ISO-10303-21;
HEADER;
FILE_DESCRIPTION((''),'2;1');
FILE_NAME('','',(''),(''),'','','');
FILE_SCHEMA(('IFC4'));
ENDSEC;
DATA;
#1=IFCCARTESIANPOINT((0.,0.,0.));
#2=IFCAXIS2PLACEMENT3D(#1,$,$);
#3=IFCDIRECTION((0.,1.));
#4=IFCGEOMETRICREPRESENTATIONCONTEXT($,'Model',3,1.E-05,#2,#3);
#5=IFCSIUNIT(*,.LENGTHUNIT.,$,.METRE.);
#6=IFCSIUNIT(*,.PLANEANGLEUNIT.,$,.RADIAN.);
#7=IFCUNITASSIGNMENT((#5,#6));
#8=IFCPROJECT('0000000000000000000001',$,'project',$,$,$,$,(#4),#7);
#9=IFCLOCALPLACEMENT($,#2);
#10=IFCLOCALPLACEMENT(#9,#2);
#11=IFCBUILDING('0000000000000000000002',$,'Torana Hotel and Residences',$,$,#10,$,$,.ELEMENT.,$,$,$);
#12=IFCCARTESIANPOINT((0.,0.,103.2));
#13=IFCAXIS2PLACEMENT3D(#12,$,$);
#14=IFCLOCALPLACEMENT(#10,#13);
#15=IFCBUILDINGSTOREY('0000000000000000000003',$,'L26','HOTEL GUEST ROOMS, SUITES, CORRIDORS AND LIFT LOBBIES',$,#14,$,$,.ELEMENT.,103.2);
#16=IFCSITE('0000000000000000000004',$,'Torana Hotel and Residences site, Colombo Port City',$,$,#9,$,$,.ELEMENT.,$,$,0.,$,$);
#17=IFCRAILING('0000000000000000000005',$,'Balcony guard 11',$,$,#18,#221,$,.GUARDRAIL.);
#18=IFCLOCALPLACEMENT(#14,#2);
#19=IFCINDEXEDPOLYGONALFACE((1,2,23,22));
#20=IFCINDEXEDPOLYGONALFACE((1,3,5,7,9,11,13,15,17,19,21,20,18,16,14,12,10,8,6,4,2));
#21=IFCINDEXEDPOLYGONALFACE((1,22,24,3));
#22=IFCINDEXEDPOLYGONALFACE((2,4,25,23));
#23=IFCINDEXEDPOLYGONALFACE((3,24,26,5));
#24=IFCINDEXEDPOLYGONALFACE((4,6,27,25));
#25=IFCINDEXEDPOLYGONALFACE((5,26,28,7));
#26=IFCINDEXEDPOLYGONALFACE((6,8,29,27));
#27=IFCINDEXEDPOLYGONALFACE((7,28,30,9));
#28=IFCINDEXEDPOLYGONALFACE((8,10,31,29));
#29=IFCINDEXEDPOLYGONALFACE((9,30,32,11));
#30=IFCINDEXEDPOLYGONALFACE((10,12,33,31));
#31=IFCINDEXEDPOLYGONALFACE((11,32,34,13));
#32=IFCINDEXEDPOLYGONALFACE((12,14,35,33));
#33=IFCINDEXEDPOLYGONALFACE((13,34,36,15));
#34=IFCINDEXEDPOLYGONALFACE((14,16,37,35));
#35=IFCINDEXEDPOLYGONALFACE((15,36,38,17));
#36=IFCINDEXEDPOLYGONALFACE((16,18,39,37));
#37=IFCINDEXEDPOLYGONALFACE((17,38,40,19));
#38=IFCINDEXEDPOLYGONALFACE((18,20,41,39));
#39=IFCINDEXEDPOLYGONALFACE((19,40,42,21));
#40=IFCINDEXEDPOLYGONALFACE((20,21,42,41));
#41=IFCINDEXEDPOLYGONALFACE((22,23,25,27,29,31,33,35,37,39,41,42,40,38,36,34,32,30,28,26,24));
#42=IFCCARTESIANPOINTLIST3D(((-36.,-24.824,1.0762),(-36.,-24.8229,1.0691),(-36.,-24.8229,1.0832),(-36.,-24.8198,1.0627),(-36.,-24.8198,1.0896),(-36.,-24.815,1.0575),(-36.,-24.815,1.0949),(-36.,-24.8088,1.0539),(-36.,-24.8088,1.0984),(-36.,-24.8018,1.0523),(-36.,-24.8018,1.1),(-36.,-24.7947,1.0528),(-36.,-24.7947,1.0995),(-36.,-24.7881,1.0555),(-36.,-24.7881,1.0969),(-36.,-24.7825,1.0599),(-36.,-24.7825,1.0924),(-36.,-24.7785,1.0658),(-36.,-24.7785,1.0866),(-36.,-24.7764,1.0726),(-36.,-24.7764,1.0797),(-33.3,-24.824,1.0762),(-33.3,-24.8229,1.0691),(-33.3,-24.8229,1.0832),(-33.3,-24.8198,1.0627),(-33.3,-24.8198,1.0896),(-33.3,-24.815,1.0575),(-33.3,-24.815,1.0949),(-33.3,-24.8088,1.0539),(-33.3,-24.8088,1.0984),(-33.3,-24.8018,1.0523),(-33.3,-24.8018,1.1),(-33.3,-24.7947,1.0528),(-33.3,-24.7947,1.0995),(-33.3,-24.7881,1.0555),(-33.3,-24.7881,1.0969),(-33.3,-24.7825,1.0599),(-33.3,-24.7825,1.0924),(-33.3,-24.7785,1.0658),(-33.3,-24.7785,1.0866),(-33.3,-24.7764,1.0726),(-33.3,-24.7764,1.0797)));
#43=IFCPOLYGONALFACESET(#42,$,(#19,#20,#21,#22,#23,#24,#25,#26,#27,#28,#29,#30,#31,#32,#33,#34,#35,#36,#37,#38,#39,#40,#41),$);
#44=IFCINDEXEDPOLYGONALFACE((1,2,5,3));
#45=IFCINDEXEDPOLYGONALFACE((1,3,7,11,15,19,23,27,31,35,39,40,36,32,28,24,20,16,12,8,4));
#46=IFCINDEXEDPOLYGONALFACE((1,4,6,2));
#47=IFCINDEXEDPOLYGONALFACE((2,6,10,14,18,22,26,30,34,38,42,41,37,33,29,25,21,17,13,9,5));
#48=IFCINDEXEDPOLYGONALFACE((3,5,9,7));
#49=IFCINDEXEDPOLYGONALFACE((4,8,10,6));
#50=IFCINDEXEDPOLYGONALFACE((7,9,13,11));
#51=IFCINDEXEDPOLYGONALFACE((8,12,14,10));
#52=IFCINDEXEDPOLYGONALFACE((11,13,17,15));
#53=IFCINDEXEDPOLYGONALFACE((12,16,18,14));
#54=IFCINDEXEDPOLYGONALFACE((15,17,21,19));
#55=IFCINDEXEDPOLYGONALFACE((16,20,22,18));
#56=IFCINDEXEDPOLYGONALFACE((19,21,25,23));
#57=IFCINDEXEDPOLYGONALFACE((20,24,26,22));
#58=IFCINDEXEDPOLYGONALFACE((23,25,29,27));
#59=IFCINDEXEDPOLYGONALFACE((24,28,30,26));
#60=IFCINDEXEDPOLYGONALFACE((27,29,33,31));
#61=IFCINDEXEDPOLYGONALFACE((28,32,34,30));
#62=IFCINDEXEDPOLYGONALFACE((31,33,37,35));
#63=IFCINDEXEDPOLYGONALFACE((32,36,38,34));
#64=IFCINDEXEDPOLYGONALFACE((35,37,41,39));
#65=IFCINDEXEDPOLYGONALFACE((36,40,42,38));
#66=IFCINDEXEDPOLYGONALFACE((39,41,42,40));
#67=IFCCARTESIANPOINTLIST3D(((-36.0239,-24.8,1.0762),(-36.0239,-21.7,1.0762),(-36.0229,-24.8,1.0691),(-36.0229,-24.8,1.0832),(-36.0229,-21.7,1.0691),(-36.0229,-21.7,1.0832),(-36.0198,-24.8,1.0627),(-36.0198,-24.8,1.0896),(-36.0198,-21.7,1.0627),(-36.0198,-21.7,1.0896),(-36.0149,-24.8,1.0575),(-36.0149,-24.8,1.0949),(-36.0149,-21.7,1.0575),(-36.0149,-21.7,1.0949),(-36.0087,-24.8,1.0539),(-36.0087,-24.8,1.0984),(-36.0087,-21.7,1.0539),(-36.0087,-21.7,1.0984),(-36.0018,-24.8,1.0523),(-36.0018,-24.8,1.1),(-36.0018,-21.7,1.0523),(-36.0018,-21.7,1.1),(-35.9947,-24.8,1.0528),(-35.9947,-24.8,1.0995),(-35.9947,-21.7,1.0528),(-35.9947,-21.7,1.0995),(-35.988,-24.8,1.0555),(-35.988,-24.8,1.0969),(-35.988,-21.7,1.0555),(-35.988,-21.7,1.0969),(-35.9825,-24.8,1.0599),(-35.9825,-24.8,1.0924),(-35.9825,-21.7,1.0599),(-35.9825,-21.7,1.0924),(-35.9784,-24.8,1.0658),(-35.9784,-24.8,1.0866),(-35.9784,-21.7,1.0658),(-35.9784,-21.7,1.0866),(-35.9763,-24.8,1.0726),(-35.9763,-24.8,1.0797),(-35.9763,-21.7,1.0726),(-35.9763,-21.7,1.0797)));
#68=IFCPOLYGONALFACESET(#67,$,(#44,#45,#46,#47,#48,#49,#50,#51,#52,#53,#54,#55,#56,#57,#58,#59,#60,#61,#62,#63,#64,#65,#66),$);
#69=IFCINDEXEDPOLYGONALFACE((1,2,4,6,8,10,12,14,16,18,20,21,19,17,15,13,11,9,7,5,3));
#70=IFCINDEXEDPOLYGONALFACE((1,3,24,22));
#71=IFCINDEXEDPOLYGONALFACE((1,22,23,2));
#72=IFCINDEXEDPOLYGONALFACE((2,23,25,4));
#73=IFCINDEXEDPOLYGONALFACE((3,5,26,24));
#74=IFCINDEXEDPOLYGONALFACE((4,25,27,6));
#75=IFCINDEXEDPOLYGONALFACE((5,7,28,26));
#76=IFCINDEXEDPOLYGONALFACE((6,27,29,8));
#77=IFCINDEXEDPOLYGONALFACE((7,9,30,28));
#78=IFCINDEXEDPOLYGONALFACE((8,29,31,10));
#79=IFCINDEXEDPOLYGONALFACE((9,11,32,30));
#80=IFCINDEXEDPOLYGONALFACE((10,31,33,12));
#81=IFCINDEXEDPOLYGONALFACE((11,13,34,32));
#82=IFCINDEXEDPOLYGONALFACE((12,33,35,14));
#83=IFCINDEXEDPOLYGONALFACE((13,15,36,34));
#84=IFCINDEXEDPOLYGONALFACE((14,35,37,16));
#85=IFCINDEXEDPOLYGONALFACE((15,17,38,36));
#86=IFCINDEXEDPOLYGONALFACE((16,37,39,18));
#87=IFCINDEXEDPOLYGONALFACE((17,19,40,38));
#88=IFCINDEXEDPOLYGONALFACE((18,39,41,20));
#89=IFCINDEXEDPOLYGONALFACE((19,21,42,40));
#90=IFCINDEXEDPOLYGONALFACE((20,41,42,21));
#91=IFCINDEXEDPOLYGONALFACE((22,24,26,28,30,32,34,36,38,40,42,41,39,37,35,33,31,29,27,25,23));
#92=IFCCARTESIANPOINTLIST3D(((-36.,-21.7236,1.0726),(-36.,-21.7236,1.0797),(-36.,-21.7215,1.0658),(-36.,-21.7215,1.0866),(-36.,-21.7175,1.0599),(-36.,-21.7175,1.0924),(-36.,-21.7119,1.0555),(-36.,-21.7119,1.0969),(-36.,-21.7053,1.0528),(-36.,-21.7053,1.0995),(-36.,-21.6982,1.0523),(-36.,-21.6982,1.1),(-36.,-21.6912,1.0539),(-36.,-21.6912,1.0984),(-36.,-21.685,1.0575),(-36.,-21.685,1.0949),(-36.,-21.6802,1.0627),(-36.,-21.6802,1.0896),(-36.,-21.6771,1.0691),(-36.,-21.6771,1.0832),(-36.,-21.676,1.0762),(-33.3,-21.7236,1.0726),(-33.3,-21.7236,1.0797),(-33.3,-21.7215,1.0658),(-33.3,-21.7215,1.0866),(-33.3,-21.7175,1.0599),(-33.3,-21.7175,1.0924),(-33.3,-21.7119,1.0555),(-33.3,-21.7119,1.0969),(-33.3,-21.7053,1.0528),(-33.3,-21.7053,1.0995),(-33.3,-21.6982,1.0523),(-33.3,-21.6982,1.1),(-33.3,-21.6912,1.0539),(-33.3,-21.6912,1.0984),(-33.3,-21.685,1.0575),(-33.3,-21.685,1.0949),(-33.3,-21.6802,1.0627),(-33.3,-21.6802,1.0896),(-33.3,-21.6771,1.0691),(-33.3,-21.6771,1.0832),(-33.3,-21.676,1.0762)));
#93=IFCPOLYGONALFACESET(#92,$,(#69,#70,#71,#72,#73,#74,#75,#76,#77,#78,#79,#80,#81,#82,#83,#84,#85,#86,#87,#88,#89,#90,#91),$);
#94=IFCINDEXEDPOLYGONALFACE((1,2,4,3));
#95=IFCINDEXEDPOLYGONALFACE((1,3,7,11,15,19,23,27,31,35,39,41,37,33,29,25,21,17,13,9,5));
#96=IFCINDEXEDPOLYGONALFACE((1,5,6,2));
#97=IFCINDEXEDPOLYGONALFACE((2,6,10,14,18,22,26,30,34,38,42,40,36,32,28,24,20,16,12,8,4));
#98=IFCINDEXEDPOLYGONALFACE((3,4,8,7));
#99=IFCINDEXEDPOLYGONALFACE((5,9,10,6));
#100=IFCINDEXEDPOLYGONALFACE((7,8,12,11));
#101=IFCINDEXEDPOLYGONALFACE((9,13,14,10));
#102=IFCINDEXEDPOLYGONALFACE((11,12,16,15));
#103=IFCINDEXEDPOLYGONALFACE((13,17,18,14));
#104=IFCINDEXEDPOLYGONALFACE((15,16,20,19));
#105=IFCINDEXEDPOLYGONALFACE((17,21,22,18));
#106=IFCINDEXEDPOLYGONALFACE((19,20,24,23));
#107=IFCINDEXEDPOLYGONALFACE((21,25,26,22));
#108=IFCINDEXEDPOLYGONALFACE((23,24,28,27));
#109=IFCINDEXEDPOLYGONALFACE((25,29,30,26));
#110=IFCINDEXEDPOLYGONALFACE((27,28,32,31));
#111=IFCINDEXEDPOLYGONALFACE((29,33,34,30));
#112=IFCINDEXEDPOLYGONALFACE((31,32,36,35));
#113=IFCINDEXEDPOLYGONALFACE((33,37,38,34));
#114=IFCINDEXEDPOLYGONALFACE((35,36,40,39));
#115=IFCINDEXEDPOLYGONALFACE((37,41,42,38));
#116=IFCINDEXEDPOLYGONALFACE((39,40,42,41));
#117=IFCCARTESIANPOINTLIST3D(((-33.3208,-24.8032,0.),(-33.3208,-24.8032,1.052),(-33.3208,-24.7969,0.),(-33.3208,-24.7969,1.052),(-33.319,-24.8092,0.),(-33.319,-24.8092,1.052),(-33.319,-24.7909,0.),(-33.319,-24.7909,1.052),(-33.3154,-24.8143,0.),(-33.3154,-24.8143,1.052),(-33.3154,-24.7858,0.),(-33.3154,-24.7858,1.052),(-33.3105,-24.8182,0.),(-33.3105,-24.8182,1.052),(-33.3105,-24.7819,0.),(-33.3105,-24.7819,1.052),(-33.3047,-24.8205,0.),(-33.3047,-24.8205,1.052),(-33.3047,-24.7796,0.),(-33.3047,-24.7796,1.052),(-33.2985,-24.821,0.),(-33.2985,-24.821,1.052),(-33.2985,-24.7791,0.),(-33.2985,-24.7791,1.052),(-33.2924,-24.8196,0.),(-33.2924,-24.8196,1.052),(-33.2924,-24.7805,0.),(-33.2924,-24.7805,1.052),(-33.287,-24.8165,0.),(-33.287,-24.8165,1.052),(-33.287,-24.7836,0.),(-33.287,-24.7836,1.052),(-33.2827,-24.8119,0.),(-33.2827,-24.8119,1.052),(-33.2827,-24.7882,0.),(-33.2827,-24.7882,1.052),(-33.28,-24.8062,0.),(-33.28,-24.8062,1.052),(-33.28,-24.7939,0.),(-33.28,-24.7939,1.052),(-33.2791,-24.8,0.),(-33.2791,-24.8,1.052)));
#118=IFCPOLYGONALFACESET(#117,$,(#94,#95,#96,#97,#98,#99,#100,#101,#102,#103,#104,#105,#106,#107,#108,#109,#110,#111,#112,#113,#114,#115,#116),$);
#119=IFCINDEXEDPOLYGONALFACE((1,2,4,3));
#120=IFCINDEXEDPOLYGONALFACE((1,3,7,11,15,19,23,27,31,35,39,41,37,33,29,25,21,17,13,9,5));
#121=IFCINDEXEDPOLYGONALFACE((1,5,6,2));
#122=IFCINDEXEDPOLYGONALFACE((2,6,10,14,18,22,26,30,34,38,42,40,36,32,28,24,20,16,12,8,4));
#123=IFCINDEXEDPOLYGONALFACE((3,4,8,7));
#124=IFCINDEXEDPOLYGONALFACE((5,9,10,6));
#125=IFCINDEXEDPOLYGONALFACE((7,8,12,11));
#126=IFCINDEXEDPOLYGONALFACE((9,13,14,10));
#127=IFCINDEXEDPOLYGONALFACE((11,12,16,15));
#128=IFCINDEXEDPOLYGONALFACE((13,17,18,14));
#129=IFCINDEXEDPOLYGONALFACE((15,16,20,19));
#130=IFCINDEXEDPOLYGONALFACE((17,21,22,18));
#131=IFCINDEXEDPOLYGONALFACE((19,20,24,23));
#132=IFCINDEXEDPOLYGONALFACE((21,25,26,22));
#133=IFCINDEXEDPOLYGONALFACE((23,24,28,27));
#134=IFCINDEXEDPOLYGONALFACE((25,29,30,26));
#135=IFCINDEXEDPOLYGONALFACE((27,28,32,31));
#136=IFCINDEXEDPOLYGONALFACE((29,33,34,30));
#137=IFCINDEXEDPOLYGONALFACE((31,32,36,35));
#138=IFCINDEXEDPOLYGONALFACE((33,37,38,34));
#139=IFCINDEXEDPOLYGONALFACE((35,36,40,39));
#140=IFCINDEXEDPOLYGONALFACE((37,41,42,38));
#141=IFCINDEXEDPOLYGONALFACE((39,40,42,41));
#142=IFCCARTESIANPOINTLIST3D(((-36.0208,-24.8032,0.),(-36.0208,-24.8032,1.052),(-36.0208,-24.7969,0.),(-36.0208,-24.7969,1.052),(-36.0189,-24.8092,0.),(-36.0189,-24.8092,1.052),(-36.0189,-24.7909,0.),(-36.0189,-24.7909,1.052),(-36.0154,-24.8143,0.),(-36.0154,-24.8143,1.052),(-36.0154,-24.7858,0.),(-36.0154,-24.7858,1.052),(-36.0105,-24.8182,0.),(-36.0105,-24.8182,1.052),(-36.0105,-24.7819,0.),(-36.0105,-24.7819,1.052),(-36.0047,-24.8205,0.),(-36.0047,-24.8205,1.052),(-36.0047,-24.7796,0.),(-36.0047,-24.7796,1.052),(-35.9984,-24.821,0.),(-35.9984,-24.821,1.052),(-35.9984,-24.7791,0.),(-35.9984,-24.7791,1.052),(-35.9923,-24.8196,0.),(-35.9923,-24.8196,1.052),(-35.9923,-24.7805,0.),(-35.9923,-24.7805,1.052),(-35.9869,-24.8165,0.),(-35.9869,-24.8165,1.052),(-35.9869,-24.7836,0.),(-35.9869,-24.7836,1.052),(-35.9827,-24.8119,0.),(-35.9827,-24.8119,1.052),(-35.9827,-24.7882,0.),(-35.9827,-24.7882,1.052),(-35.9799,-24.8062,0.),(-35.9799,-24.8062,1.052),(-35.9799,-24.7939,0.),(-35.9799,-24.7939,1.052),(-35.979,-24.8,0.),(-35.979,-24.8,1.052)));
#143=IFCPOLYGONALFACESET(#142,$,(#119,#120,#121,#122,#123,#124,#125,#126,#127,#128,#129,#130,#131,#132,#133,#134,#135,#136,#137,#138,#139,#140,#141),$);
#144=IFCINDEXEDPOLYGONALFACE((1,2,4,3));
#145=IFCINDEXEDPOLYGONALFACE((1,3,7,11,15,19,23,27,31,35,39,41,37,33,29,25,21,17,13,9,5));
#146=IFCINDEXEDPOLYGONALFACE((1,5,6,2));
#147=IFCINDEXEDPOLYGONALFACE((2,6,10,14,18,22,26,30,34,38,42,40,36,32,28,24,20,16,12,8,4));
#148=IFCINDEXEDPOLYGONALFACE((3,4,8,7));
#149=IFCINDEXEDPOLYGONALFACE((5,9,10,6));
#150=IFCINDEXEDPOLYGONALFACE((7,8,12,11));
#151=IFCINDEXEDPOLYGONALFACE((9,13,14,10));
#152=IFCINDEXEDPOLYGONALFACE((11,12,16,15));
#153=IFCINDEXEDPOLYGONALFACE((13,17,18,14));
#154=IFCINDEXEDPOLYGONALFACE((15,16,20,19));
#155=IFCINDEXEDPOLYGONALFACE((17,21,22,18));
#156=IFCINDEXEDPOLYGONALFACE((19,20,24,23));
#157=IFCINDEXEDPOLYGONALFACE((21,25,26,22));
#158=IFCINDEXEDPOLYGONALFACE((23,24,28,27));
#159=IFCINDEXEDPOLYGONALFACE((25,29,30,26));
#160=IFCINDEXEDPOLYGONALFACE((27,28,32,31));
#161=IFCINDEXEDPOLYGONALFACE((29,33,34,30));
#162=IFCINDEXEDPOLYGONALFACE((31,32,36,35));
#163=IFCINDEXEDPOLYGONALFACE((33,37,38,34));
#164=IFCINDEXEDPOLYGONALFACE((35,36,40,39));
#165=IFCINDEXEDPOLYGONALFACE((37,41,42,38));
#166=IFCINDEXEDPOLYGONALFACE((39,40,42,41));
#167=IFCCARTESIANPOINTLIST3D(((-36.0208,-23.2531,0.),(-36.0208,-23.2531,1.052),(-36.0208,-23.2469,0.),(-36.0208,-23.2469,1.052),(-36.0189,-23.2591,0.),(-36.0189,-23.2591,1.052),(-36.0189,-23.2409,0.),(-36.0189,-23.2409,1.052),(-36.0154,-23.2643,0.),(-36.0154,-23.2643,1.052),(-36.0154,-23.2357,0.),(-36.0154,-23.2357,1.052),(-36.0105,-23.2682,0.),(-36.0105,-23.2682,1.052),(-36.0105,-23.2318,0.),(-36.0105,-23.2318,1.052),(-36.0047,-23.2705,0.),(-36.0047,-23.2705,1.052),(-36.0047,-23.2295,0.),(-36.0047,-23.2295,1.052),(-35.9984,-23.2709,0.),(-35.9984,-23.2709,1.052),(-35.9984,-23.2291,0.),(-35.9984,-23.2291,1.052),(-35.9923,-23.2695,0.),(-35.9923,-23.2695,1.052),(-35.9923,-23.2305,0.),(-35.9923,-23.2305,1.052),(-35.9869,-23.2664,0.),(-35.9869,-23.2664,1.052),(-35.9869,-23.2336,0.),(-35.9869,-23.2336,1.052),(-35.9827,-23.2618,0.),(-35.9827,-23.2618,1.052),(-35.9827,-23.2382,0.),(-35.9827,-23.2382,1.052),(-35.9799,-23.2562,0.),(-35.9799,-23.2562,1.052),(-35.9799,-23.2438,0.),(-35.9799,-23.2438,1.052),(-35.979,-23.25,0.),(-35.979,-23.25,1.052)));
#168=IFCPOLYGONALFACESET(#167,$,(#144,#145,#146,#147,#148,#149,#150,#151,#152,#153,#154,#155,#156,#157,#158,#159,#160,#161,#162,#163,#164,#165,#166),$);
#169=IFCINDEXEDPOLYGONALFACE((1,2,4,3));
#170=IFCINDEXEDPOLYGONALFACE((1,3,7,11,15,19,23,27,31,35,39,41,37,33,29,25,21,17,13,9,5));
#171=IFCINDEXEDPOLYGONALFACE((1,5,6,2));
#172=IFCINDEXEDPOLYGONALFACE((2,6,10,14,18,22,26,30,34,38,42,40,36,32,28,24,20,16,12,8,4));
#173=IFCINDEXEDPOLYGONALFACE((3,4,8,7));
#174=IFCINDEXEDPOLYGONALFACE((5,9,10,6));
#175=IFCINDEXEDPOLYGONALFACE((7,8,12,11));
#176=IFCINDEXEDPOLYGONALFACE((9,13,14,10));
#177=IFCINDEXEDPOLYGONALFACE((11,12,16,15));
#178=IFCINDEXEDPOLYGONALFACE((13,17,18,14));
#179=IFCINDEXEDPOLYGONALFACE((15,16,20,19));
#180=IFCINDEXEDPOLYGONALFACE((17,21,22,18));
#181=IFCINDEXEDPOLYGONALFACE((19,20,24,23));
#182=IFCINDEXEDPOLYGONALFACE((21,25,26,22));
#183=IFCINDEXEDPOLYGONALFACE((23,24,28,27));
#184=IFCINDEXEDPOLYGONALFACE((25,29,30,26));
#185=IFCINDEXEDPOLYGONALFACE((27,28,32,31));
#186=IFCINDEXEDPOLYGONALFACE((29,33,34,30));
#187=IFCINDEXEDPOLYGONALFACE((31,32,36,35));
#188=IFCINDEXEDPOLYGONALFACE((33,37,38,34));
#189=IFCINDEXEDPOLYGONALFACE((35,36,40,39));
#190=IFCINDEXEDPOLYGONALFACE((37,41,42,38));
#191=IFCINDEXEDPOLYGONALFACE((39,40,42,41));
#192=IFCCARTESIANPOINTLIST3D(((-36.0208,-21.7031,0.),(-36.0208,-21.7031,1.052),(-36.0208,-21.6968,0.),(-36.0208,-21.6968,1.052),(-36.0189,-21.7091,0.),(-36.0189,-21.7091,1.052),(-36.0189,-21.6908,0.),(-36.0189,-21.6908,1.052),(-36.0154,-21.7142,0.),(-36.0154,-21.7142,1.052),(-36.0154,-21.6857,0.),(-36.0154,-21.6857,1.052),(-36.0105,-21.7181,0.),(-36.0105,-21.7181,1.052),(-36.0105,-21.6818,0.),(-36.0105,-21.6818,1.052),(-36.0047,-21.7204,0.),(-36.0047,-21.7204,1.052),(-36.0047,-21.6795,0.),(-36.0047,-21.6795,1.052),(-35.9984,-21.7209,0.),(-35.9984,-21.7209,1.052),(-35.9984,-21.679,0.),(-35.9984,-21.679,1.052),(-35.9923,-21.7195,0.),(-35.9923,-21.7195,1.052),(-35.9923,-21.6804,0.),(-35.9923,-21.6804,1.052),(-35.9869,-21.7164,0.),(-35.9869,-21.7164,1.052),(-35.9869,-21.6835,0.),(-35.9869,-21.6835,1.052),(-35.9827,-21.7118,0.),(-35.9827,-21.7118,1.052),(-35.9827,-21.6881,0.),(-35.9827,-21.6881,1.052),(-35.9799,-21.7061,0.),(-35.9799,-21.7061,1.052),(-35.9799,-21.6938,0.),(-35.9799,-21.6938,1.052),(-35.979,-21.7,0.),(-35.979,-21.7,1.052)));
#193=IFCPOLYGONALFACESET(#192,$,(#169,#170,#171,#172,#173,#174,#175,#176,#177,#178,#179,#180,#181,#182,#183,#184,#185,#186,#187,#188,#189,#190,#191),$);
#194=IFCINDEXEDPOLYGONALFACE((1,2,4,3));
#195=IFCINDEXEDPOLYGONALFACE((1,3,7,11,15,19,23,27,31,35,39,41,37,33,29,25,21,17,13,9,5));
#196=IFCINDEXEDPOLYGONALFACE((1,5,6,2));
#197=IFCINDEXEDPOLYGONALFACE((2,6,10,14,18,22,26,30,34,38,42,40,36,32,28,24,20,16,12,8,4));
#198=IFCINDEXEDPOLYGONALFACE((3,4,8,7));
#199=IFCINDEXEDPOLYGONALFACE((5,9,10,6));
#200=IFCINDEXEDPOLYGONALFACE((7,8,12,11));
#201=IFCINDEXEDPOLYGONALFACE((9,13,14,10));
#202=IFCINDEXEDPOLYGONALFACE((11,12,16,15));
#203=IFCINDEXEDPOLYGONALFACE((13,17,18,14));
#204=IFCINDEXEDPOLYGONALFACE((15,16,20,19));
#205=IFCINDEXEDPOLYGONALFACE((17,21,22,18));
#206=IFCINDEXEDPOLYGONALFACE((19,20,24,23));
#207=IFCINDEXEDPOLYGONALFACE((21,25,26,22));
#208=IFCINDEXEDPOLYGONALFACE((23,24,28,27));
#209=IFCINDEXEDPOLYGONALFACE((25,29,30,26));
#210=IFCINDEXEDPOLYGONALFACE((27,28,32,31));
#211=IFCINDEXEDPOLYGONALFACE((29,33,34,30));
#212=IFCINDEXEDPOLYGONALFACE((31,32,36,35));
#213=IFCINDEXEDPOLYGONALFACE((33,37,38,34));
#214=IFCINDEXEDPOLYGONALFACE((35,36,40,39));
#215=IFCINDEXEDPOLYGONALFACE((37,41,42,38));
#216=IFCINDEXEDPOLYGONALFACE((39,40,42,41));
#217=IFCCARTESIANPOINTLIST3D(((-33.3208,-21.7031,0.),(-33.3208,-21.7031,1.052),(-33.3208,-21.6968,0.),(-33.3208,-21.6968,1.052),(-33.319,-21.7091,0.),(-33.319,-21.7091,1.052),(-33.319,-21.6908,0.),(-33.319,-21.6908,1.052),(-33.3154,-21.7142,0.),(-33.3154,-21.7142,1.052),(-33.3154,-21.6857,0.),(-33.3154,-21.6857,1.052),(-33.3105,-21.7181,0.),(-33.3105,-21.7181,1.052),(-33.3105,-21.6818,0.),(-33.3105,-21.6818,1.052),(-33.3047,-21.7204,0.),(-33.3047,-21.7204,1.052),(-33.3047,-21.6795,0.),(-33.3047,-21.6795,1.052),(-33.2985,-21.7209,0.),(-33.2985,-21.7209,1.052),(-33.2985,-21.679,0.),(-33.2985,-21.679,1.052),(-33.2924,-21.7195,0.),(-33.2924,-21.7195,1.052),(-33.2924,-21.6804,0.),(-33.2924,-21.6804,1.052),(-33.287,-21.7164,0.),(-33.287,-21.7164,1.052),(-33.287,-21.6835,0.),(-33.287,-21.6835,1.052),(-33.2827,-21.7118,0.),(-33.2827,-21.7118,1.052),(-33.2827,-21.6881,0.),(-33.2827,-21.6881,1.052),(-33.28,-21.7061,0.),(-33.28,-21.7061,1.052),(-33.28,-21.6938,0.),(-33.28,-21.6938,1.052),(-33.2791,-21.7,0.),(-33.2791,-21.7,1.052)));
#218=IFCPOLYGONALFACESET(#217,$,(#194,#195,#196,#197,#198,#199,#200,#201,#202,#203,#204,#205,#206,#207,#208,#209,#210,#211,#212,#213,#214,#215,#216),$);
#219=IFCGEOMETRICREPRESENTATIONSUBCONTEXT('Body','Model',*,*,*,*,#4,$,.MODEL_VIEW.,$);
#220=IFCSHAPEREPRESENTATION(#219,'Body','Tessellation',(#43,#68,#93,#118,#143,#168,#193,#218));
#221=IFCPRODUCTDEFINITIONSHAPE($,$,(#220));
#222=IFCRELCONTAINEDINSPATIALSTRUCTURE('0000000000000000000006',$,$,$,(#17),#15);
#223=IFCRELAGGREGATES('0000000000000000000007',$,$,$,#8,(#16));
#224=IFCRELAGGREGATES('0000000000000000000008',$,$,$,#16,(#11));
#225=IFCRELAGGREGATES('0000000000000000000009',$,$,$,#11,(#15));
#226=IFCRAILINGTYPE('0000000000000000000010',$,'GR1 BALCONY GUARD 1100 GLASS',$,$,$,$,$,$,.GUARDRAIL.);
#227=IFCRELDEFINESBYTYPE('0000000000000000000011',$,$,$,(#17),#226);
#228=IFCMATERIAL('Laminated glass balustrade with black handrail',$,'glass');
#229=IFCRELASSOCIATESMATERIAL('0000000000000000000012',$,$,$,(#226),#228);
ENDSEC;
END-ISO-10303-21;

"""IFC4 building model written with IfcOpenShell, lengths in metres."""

from ifc_helpers import new_model, si_unit, direction, frame, origin, origin_2d, place, context, subcontext, project, spatial, circle, extrude, material, type_object, element, save


model = new_model("IFC4")

# Units and contexts
model_context = context("Model", 3, precision=1e-05, world=origin(), true_north=direction((0.0, 1.0)))
body_context = subcontext(model_context, "Body", "Model", "MODEL_VIEW")
ifc_project = project(units=[si_unit("LENGTHUNIT", "METRE"), si_unit("PLANEANGLEUNIT", "RADIAN")], contexts=[model_context])

# Site, building, storey
site_placement = place(None, origin())
site = spatial("IfcSite", under=ifc_project, at=site_placement, Name="Torana Hotel and Residences site, Colombo Port City", CompositionType="ELEMENT", RefElevation=0.0)
building_placement = place(site_placement, origin())
building = spatial("IfcBuilding", under=site, at=building_placement, Name="Torana Hotel and Residences", CompositionType="ELEMENT")
storey_placement = place(building_placement, frame((0.0, 0.0, 103.2)))
storey = spatial("IfcBuildingStorey", under=building, at=storey_placement, Name="L26", Description="HOTEL GUEST ROOMS, SUITES, CORRIDORS AND LIFT LOBBIES", CompositionType="ELEMENT", Elevation=103.2)

# Railing
ifc_material_1 = material(Name="Laminated glass balustrade with black handrail", Category="glass")
railing_type = type_object("IfcRailingType", Name="GR1 BALCONY GUARD 1100 GLASS", PredefinedType="GUARDRAIL", material=ifc_material_1)
railing_placement = place(storey_placement, frame((-33.3, -24.8, 0.0)))
element("IfcRailing", 1, at=railing_placement, inside=storey, type_object=railing_type, Name="Balcony guard 11", PredefinedType="GUARDRAIL", context=body_context, shape_type="SweptSolid", body=[
    extrude(circle(Radius=0.0239, at=origin_2d()), frame((0.0, 0.0, 1.0762), z_axis=(-1.0, 0.0, 0.0), x_axis=(0.0, -1.0, 0.0)), (0.0, 0.0, 1.0), 2.7),
    extrude(circle(Radius=0.0239, at=origin_2d()), frame((-2.7, 0.0, 1.0762), z_axis=(0.0, 1.0, 0.0), x_axis=(-1.0, 0.0, 0.0)), (0.0, 0.0, 1.0), 3.1001),
    extrude(circle(Radius=0.0239, at=origin_2d()), frame((-2.7, 3.1001, 1.0762), z_axis=(1.0, 0.0, 0.0), x_axis=(0.0, 1.0, 0.0)), (0.0, 0.0, 1.0), 2.7),
    extrude(circle(Radius=0.021, at=origin_2d()), origin(), (0.0, 0.0, 1.0), 1.052),
    extrude(circle(Radius=0.021, at=origin_2d()), frame((-2.7, 0.0, 0.0)), (0.0, 0.0, 1.0), 1.052),
    extrude(circle(Radius=0.021, at=origin_2d()), frame((-2.7, 1.55, 0.0)), (0.0, 0.0, 1.0), 1.052),
    extrude(circle(Radius=0.021, at=origin_2d()), frame((-2.7, 3.1001, 0.0)), (0.0, 0.0, 1.0), 1.052),
    extrude(circle(Radius=0.021, at=origin_2d()), frame((0.0, 3.1001, 0.0)), (0.0, 0.0, 1.0), 1.052),
])

save(model, "model.ifc")
